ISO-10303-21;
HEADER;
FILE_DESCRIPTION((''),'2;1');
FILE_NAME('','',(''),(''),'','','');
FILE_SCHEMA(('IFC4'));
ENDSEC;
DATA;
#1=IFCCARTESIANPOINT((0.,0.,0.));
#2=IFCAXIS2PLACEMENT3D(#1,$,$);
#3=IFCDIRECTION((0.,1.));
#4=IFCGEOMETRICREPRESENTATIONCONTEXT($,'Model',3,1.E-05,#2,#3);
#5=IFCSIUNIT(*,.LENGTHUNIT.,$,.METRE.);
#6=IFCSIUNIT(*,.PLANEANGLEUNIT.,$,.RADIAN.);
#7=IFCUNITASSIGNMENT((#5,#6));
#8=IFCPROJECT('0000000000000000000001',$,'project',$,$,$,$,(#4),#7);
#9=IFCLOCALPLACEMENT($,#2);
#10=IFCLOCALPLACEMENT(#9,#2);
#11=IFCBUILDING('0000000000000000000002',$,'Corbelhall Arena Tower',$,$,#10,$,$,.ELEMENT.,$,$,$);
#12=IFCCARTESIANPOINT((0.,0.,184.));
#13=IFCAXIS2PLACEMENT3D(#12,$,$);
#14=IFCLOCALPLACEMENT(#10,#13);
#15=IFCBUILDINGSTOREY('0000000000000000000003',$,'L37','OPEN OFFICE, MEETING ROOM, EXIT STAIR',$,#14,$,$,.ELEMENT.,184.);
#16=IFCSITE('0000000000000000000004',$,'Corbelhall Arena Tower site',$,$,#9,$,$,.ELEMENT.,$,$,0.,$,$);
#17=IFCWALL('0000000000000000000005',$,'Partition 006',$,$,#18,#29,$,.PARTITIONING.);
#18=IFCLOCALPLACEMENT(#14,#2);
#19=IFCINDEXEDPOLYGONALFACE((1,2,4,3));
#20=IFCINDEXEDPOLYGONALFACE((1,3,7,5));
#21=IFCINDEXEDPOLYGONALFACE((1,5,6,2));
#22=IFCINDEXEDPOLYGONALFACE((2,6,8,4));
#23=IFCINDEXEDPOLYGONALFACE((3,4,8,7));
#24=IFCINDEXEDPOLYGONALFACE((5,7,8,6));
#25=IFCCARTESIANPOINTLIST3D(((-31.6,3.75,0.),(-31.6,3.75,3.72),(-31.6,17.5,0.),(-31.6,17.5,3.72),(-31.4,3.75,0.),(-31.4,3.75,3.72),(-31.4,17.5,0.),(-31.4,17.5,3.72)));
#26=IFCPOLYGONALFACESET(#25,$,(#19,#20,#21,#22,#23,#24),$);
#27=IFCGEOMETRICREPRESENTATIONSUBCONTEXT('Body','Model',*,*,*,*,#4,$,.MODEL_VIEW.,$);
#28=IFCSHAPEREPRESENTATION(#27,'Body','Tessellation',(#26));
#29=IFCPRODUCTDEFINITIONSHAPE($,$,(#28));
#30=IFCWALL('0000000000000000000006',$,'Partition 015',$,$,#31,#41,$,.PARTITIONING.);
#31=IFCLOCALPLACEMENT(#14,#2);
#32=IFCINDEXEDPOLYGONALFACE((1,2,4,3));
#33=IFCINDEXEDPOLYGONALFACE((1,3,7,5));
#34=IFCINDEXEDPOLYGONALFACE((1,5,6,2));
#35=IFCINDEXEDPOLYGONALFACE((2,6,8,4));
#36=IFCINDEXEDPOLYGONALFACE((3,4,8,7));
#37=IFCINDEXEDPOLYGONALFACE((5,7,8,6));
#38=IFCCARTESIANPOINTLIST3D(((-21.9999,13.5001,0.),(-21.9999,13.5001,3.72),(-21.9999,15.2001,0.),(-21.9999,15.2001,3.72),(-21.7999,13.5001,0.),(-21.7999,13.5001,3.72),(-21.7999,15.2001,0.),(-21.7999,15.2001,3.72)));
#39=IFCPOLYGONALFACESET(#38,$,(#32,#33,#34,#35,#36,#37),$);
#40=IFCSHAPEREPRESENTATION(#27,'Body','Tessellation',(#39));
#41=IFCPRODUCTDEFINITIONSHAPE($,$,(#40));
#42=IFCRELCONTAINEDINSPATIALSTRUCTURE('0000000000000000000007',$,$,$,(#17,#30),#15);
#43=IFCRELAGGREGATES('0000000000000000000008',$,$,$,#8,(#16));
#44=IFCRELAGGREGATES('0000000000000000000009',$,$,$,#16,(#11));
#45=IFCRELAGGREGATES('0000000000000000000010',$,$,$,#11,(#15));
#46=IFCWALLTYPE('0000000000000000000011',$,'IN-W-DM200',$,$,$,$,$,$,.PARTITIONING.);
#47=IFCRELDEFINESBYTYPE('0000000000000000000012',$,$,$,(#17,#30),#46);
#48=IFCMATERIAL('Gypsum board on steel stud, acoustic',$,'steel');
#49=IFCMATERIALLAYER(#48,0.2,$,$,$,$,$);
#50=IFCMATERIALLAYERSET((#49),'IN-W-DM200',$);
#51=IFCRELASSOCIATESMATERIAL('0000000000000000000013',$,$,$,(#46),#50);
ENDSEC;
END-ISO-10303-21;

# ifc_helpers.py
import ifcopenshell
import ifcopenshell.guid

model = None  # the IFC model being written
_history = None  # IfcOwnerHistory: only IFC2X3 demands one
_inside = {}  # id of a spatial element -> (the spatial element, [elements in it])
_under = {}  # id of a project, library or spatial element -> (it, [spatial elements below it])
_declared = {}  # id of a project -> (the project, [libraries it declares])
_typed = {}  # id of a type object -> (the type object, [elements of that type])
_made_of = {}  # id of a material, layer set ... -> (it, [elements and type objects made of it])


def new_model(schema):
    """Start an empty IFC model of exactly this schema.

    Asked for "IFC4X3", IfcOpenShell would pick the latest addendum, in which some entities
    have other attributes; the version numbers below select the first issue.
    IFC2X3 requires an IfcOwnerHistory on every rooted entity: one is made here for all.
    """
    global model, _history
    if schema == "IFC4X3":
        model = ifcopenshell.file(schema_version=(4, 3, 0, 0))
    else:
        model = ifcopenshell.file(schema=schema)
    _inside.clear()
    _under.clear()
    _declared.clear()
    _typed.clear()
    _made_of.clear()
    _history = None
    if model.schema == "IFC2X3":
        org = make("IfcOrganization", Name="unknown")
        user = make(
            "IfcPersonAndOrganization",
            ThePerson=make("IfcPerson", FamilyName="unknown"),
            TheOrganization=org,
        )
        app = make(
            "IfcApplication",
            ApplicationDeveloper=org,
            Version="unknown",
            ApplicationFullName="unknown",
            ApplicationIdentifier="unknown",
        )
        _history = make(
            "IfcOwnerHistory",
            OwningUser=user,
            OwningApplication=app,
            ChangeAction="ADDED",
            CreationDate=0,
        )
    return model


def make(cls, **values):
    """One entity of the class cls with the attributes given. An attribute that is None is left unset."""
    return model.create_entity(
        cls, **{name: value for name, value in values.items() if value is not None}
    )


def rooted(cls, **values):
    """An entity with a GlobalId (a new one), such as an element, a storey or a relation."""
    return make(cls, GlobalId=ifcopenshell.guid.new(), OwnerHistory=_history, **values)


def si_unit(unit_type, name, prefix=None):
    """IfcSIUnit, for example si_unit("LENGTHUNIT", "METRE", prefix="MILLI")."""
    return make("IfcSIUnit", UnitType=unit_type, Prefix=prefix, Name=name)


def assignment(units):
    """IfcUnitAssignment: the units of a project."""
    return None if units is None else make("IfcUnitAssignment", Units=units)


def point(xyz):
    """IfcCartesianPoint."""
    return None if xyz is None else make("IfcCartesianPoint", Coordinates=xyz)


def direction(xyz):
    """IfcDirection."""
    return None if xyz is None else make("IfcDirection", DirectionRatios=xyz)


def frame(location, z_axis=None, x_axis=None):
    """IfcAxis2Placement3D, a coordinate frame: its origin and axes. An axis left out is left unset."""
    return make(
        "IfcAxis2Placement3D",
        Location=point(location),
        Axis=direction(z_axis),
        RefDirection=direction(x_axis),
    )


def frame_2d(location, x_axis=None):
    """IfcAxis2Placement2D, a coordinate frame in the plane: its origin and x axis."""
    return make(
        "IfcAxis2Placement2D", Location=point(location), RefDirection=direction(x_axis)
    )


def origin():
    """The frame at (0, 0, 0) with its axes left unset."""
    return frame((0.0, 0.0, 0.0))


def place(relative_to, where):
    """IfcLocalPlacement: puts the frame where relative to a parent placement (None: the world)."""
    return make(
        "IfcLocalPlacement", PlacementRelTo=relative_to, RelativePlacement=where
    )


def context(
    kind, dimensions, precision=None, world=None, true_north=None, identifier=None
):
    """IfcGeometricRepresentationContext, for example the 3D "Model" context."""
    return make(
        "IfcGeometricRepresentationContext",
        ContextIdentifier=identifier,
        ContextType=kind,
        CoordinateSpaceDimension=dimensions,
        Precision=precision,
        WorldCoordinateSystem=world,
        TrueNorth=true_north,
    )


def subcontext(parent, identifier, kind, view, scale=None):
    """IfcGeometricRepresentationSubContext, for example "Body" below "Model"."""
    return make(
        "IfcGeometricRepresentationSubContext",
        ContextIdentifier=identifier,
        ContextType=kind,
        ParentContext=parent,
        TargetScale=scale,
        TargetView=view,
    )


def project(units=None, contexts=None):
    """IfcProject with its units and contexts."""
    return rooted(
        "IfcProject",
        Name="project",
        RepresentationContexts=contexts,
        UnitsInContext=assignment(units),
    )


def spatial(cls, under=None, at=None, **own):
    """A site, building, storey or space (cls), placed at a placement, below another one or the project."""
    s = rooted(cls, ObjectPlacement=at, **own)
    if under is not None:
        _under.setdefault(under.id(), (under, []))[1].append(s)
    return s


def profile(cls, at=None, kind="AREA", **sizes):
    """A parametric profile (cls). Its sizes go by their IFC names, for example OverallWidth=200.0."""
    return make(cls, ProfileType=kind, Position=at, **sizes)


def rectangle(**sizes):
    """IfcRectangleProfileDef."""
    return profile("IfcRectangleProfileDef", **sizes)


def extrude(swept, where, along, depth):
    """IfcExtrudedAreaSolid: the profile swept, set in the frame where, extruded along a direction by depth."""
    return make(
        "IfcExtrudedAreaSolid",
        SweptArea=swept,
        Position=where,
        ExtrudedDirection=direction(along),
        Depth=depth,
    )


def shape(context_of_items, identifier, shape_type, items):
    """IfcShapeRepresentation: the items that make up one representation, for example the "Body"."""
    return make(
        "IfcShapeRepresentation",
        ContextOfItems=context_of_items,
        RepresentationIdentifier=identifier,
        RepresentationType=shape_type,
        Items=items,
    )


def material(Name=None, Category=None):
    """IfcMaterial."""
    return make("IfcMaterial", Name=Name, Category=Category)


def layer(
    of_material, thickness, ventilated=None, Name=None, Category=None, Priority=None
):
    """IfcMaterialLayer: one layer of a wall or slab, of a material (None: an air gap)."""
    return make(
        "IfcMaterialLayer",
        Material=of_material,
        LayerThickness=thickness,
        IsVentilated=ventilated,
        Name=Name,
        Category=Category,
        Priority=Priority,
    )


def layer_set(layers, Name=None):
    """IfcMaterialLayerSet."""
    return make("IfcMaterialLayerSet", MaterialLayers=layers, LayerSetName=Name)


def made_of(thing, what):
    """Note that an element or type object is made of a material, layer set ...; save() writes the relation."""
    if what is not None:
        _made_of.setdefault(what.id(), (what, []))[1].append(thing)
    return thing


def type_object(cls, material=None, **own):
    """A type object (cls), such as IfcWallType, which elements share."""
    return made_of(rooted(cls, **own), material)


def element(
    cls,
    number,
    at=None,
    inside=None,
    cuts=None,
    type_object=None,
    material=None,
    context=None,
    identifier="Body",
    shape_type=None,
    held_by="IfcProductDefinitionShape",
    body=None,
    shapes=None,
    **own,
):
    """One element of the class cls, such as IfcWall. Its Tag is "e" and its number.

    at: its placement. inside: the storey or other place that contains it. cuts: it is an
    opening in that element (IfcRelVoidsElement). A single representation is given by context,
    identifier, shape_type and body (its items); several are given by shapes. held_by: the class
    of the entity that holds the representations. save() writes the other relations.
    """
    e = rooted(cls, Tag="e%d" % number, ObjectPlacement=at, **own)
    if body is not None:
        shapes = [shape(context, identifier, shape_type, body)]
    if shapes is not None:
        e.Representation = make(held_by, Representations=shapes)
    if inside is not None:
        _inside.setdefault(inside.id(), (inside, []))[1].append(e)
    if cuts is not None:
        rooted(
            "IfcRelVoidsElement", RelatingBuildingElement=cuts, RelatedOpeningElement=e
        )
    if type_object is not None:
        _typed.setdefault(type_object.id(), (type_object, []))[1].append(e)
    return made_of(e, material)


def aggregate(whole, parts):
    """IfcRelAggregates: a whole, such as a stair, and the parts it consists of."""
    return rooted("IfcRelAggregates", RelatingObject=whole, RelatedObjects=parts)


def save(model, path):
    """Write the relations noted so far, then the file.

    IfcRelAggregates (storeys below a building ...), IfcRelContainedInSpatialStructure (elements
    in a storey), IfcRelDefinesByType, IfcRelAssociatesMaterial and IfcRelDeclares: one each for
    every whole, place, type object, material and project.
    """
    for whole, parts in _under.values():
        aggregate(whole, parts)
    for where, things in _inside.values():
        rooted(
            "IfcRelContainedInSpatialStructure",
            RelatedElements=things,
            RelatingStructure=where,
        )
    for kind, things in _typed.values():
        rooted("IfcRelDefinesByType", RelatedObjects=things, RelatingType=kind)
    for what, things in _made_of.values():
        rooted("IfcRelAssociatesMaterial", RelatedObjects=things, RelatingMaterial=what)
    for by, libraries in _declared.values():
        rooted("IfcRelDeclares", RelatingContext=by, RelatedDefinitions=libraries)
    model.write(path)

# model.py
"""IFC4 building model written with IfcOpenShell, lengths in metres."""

from ifc_helpers import new_model, si_unit, direction, frame, frame_2d, origin, place, context, subcontext, project, spatial, rectangle, extrude, material, layer, layer_set, type_object, element, save


model = new_model("IFC4")

# Units and contexts
model_context = context("Model", 3, precision=1e-05, world=origin(), true_north=direction((0.0, 1.0)))
body_context = subcontext(model_context, "Body", "Model", "MODEL_VIEW")
ifc_project = project(units=[si_unit("LENGTHUNIT", "METRE"), si_unit("PLANEANGLEUNIT", "RADIAN")], contexts=[model_context])

# Site, building, storey
site_placement = place(None, origin())
site = spatial("IfcSite", under=ifc_project, at=site_placement, Name="Corbelhall Arena Tower site", CompositionType="ELEMENT", RefElevation=0.0)
building_placement = place(site_placement, origin())
building = spatial("IfcBuilding", under=site, at=building_placement, Name="Corbelhall Arena Tower", CompositionType="ELEMENT")
storey_placement = place(building_placement, frame((0.0, 0.0, 184.0)))
storey = spatial("IfcBuildingStorey", under=building, at=storey_placement, Name="L37", Description="OPEN OFFICE, MEETING ROOM, EXIT STAIR", CompositionType="ELEMENT", Elevation=184.0)

# Walls
ifc_material_1 = material(Name="Gypsum board on steel stud, acoustic", Category="steel")
ifc_layer_1 = layer(ifc_material_1, 0.2)
ifc_layer_set_1 = layer_set([ifc_layer_1], Name="IN-W-DM200")
wall_type_1 = type_object("IfcWallType", Name="IN-W-DM200", PredefinedType="PARTITIONING", material=ifc_layer_set_1)
wall_1_placement = place(storey_placement, frame((-31.5, 17.5, 0.0), z_axis=(0.0, 0.0, 1.0), x_axis=(0.0, -1.0, 0.0)))
element("IfcWall", 1, at=wall_1_placement, inside=storey, type_object=wall_type_1, Name="Partition 006", PredefinedType="PARTITIONING", context=body_context, shape_type="SweptSolid", body=[
    extrude(rectangle(XDim=13.75, YDim=0.2, at=frame_2d((6.875, 0.0))), origin(), (0.0, 0.0, 1.0), 3.72),
])
wall_2_placement = place(storey_placement, frame((-21.8999, 13.5, 0.0), z_axis=(0.0, 0.0, 1.0), x_axis=(0.0, 1.0, 0.0)))
element("IfcWall", 2, at=wall_2_placement, inside=storey, type_object=wall_type_1, Name="Partition 015", PredefinedType="PARTITIONING", context=body_context, shape_type="SweptSolid", body=[
    extrude(rectangle(XDim=1.7, YDim=0.2, at=frame_2d((0.8501, 0.0))), origin(), (0.0, 0.0, 1.0), 3.72),
])

save(model, "model.ifc")
